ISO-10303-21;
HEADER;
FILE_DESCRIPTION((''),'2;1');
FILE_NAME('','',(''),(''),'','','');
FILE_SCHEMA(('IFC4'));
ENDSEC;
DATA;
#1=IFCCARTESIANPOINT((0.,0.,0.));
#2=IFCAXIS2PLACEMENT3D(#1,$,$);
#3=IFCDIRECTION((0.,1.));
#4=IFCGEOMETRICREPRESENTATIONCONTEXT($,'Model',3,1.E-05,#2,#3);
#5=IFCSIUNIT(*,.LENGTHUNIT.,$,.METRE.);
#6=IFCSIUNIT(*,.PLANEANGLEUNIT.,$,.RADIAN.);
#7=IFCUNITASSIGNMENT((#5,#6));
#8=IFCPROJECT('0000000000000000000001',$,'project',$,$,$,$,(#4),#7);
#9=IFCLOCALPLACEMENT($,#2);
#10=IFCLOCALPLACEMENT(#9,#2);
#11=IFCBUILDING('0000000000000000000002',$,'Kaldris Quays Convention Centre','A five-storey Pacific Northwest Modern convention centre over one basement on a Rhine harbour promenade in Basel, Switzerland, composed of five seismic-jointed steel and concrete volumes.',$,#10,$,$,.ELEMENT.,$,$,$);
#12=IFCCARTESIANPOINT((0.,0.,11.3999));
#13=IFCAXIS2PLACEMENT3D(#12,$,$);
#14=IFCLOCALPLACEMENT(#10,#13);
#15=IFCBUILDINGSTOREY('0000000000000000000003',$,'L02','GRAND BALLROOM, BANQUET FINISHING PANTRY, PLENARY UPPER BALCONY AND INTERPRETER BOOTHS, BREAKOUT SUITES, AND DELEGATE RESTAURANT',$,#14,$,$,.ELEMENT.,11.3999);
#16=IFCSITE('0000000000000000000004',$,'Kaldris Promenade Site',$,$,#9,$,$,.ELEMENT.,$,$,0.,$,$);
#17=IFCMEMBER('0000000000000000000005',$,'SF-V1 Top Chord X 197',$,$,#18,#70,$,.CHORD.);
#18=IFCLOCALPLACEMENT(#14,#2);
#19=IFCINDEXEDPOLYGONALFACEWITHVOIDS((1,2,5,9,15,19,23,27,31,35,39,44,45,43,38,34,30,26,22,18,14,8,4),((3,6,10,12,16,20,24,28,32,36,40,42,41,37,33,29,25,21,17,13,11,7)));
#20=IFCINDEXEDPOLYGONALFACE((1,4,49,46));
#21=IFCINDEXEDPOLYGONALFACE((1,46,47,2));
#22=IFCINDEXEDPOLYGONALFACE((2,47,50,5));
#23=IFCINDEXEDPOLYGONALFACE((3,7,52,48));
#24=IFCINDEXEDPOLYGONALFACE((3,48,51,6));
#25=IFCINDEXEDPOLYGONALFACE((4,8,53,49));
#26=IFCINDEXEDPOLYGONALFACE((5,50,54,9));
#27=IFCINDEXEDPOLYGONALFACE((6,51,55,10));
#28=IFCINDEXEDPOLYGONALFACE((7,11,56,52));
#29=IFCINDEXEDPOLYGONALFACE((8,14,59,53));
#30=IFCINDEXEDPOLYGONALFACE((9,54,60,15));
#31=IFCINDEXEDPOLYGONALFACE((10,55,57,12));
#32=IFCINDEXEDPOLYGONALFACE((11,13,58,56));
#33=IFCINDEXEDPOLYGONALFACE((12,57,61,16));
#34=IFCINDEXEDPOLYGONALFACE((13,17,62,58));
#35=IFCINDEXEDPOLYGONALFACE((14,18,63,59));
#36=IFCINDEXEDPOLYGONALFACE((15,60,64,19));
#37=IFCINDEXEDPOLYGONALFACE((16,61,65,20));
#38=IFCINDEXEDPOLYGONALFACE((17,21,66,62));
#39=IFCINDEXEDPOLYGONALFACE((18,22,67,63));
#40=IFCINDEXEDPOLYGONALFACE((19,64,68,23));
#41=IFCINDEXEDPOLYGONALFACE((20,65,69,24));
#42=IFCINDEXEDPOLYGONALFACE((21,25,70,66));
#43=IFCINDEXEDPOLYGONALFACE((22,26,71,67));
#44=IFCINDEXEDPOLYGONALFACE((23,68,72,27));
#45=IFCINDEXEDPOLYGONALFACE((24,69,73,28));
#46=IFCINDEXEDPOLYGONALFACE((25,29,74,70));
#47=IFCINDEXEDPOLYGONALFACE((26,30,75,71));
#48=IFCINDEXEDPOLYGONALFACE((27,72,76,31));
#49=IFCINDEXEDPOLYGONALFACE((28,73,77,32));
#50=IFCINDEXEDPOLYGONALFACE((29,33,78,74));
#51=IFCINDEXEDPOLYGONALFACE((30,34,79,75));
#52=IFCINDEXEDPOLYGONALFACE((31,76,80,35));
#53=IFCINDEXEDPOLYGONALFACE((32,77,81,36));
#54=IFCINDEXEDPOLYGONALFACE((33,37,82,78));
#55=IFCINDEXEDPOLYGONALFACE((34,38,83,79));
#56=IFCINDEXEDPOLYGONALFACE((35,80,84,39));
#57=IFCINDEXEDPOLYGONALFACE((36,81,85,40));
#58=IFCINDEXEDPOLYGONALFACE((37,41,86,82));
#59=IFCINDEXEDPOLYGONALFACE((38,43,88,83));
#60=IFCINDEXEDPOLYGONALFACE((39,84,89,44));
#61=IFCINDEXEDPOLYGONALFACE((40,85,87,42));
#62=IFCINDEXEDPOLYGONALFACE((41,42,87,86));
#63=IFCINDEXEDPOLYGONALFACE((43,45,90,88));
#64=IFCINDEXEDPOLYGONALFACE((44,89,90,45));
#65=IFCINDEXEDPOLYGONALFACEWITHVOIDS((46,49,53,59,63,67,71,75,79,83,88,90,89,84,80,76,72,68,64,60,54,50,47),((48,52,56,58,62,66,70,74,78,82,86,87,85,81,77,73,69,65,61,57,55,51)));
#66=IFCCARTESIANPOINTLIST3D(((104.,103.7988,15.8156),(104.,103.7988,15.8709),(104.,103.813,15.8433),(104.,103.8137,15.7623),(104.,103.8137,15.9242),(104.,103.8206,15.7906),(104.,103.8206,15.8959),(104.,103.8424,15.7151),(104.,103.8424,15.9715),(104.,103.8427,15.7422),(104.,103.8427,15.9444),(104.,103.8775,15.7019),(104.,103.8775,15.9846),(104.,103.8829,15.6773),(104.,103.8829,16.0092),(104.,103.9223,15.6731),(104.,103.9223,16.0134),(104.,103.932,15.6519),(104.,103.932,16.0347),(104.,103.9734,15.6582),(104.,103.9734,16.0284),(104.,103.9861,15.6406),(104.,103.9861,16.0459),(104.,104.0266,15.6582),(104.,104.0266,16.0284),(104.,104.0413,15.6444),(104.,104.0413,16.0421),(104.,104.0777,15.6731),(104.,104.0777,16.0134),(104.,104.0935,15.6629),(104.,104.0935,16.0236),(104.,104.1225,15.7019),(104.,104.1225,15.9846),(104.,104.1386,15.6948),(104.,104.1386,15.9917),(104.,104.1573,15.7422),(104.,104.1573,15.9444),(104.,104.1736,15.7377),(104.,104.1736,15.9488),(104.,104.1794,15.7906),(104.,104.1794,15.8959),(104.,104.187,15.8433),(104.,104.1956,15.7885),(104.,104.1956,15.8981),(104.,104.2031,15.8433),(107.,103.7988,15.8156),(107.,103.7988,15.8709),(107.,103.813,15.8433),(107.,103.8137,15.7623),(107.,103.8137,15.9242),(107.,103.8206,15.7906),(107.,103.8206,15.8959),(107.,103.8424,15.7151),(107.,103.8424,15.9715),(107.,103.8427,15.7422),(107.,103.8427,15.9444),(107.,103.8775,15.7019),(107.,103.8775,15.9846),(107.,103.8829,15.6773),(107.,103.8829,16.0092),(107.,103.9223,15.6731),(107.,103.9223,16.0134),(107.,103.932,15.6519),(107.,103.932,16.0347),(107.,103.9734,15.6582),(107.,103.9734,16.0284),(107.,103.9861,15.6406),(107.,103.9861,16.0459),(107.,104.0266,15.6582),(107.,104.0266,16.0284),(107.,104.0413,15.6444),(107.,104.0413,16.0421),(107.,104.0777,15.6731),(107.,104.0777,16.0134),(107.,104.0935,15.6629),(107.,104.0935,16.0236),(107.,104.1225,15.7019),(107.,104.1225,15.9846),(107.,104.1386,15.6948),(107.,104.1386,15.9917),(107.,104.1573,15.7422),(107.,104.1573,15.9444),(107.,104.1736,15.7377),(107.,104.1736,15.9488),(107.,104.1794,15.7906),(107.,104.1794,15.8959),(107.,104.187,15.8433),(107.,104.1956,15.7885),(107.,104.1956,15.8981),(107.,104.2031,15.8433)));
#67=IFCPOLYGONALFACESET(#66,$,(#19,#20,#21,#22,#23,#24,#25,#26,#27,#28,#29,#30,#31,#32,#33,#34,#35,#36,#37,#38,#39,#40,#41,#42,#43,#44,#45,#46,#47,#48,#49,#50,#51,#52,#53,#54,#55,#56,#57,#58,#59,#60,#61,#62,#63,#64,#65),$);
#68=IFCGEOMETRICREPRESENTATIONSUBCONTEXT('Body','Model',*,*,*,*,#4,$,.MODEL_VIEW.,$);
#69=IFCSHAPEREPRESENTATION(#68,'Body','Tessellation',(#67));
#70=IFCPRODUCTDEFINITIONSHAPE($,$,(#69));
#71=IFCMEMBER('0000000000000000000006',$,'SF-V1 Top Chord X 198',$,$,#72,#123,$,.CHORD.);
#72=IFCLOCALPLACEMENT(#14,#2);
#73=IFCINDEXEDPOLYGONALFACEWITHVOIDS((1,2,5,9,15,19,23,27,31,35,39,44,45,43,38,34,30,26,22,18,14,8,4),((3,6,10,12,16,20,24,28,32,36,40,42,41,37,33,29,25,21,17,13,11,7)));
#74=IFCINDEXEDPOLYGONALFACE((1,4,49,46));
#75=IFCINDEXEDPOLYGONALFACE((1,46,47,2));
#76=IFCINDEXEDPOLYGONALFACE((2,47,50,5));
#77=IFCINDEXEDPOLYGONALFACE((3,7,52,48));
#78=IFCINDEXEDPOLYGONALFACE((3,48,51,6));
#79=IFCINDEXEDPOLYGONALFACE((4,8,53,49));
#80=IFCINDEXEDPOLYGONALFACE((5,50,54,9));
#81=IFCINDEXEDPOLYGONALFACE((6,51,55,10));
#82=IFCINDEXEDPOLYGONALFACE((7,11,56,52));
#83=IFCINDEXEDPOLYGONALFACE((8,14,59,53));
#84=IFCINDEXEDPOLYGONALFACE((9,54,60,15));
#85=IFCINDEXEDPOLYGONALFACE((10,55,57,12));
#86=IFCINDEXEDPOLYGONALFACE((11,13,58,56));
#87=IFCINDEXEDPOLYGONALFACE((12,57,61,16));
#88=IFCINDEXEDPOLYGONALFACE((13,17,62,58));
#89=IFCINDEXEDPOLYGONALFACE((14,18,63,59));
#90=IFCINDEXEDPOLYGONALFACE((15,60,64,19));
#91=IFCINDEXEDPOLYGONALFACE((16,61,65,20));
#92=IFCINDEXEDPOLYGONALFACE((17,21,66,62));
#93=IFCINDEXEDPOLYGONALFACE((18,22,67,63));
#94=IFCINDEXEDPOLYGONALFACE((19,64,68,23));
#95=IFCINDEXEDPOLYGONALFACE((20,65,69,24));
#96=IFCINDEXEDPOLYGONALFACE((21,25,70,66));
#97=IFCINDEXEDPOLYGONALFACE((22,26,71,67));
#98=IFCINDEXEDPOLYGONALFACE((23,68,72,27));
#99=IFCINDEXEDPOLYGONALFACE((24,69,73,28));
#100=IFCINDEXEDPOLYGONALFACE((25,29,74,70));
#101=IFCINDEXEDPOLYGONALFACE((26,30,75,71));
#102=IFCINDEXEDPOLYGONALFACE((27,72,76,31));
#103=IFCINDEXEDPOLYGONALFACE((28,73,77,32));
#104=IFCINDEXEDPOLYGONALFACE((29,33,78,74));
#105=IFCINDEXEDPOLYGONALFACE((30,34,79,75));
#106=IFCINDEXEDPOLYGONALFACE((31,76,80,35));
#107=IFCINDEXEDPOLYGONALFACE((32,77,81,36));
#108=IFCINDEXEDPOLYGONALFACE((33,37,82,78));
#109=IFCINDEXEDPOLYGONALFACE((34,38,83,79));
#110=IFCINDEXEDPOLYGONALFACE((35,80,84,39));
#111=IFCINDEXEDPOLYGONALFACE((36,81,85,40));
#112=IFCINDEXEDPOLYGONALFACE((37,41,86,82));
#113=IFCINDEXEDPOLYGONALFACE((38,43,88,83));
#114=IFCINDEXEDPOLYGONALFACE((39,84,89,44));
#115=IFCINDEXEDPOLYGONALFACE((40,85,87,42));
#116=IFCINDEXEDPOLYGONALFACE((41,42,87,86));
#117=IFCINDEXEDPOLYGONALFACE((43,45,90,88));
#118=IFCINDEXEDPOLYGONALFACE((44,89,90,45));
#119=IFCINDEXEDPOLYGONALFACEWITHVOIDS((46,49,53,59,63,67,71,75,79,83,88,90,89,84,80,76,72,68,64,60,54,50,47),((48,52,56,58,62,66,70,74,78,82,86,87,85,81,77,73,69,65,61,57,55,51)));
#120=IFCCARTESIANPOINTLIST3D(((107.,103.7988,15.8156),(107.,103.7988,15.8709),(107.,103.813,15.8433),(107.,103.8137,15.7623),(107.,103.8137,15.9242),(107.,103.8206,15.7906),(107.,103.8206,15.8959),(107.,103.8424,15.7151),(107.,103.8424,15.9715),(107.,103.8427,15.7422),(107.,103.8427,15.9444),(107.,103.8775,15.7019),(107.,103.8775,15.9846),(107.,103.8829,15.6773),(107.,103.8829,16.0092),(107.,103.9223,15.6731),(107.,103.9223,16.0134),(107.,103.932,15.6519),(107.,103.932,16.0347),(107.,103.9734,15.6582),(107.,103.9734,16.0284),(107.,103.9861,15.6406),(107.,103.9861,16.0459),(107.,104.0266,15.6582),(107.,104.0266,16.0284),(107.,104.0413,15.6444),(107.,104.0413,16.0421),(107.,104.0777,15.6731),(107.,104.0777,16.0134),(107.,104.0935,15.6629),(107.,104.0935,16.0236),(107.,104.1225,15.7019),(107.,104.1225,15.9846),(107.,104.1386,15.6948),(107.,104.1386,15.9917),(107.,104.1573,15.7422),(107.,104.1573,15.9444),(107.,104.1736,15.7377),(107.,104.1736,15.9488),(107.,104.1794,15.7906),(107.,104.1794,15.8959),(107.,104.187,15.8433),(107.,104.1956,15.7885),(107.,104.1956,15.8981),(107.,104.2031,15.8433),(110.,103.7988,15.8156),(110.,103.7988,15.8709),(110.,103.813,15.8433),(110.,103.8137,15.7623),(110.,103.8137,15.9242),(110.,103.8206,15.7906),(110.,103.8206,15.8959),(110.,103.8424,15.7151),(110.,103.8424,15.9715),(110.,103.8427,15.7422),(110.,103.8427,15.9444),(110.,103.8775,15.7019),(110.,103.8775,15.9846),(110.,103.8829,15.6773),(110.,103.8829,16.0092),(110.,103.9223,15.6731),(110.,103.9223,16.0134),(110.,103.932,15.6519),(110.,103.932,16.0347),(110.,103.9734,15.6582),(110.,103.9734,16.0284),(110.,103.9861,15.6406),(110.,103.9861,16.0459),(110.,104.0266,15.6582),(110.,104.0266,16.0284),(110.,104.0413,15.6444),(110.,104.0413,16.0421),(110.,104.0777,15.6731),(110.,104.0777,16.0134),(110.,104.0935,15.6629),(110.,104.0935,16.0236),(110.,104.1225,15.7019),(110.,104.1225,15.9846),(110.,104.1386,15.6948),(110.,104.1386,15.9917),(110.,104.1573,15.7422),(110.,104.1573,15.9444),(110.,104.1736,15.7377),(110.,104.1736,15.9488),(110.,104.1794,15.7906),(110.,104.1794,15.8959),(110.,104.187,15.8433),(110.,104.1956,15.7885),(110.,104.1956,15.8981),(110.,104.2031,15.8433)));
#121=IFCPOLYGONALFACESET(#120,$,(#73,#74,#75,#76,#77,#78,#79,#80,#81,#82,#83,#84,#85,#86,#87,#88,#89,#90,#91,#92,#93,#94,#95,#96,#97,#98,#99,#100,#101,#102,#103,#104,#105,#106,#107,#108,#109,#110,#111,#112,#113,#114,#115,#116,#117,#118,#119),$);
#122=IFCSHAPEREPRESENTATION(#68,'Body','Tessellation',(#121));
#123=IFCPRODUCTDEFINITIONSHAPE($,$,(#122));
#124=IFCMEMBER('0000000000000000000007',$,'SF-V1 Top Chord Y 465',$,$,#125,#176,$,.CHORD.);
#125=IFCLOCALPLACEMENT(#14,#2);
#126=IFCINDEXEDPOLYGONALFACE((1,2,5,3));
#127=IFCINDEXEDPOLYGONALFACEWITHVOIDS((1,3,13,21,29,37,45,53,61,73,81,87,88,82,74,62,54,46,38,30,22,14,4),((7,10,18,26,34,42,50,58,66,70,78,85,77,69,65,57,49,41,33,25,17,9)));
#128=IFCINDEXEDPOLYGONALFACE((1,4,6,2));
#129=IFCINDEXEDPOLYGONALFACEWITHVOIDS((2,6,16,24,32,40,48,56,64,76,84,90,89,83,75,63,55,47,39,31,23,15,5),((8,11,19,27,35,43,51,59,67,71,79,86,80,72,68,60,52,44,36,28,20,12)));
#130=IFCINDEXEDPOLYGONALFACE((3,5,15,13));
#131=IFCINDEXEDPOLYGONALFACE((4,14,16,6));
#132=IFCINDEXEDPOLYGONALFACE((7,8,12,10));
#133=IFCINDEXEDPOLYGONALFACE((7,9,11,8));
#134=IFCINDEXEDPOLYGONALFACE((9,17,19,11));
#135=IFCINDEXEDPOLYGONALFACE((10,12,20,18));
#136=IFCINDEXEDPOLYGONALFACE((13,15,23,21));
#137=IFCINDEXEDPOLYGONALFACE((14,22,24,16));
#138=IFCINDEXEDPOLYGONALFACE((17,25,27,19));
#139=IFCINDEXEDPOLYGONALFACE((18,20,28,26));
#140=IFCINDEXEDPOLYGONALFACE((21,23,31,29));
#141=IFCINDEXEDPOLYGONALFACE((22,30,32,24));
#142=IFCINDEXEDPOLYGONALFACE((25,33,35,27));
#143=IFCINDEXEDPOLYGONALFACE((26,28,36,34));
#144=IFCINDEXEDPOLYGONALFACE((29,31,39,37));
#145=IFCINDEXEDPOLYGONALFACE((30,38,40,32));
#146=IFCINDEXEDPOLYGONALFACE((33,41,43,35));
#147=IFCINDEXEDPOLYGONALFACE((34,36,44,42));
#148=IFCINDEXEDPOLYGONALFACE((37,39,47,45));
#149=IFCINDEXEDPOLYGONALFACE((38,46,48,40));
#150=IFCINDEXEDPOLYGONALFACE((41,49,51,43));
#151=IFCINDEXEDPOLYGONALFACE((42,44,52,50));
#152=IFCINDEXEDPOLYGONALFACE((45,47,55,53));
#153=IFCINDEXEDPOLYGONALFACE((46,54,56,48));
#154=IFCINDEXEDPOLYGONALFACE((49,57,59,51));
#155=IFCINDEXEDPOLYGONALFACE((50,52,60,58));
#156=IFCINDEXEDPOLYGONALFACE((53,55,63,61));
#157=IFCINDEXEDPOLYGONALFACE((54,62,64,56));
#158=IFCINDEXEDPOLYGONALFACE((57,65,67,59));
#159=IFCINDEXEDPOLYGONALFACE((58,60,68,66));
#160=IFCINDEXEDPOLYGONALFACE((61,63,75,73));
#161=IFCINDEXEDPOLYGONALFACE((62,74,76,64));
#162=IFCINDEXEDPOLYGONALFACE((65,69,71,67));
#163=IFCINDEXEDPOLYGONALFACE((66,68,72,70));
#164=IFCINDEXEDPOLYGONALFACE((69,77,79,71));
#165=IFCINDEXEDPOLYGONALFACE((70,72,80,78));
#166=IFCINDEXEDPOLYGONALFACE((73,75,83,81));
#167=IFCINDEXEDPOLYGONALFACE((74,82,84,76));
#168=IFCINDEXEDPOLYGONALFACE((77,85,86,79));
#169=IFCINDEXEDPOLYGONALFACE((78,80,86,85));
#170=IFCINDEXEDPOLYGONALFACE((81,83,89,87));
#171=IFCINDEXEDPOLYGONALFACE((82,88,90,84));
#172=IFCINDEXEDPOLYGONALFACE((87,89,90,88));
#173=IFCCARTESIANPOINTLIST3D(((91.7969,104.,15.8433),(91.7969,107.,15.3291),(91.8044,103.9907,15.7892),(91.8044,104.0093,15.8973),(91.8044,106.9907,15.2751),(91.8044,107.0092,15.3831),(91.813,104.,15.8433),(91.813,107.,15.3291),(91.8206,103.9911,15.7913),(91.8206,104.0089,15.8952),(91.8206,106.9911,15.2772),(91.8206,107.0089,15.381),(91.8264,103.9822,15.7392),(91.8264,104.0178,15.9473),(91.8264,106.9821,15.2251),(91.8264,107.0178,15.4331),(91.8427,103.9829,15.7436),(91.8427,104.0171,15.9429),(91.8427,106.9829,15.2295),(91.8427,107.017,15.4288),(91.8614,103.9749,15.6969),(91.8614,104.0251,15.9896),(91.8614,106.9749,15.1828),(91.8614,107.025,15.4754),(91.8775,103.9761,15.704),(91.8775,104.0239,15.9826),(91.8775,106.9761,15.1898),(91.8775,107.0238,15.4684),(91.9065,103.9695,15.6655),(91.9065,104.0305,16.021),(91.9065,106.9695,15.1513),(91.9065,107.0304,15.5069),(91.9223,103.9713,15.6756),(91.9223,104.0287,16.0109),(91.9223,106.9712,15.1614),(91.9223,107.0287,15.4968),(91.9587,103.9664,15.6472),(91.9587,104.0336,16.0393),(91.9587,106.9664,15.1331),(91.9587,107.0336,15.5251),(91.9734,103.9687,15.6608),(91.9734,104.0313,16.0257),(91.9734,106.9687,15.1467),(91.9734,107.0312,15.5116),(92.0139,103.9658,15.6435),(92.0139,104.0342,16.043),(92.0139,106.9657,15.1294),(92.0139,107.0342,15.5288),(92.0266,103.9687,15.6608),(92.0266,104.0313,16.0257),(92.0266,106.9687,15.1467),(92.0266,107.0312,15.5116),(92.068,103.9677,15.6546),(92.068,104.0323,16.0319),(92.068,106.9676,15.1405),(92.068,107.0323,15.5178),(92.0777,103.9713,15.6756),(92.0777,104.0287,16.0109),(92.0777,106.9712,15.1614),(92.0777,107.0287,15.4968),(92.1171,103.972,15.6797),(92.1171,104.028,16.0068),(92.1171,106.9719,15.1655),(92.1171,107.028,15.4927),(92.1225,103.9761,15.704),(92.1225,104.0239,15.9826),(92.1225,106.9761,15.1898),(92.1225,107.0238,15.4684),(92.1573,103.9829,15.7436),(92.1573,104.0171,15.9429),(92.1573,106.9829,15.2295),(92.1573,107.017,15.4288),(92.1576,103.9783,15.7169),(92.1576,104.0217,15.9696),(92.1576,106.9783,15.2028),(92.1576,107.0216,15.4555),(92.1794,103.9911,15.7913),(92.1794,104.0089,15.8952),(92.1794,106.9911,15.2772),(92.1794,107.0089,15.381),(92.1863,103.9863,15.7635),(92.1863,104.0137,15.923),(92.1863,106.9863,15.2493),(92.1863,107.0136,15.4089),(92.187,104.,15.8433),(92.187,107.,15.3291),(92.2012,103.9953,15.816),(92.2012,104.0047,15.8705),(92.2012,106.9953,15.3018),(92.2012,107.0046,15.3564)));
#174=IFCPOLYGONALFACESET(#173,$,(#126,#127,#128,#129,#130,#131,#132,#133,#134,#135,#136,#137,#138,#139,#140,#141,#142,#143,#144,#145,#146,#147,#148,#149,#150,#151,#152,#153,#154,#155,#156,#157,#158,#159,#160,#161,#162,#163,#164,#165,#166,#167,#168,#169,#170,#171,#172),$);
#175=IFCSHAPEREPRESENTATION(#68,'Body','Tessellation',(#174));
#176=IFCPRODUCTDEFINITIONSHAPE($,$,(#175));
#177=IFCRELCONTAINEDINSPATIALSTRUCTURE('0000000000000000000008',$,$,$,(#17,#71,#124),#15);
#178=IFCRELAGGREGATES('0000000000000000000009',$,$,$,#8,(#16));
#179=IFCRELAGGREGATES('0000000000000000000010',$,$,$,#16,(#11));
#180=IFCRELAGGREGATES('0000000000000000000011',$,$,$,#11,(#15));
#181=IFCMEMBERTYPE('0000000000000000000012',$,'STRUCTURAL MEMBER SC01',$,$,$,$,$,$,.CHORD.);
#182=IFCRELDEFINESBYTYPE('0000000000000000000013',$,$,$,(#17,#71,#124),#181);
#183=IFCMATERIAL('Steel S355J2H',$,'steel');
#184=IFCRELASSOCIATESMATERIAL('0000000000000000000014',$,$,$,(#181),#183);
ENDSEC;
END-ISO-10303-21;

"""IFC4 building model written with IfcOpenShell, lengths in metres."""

from ifc_helpers import new_model, si_unit, direction, frame, origin, origin_2d, place, context, subcontext, project, spatial, hollow_circle, extrude, material, material_profile, profile_set, type_object, element, save


model = new_model("IFC4")

# Units and contexts
model_context = context("Model", 3, precision=1e-05, world=origin(), true_north=direction((0.0, 1.0)))
body_context = subcontext(model_context, "Body", "Model", "MODEL_VIEW")
ifc_project = project(units=[si_unit("LENGTHUNIT", "METRE"), si_unit("PLANEANGLEUNIT", "RADIAN")], contexts=[model_context])

# Site, building, storey
site_placement = place(None, origin())
site = spatial("IfcSite", under=ifc_project, at=site_placement, Name="Kaldris Promenade Site", CompositionType="ELEMENT", RefElevation=0.0)
building_placement = place(site_placement, origin())
building = spatial("IfcBuilding", under=site, at=building_placement, Name="Kaldris Quays Convention Centre", Description="A five-storey Pacific Northwest Modern convention centre over one basement on a Rhine harbour promenade in Basel, Switzerland, composed of five seismic-jointed steel and concrete volumes.", CompositionType="ELEMENT")
storey_placement = place(building_placement, frame((0.0, 0.0, 11.3999)))
storey = spatial("IfcBuildingStorey", under=building, at=storey_placement, Name="L02", Description="GRAND BALLROOM, BANQUET FINISHING PANTRY, PLENARY UPPER BALCONY AND INTERPRETER BOOTHS, BREAKOUT SUITES, AND DELEGATE RESTAURANT", CompositionType="ELEMENT", Elevation=11.3999)

# Members
ifc_material = material(Name="Steel S355J2H", Category="steel")
ifc_material_profile_1 = material_profile(ifc_material, hollow_circle(Radius=0.2031, WallThickness=0.0161, at=origin_2d()), Name="CHS 406.4x16")
ifc_profile_set_1 = profile_set([ifc_material_profile_1], Name="Steel S355J2H")
member_type_1 = type_object("IfcMemberType", Name="STRUCTURAL MEMBER SC01", PredefinedType="CHORD", material=ifc_profile_set_1)
for number, where, z_axis, x_axis, name in (
    (1, (104.0, 104.0, 15.8433), (1.0, 0.0, 0.0), (0.0, 1.0, 0.0), "SF-V1 Top Chord X 197"),
    (2, (107.0, 104.0, 15.8433), (1.0, 0.0, 0.0), (0.0, 1.0, 0.0), "SF-V1 Top Chord X 198"),
):
    element("IfcMember", number, at=place(storey_placement, frame(where, z_axis=z_axis, x_axis=x_axis)), inside=storey, type_object=member_type_1, Name=name, PredefinedType="CHORD", context=body_context, shape_type="SweptSolid", body=[
        extrude(hollow_circle(Radius=0.2031, WallThickness=0.0161, at=origin_2d()), origin(), (0.0, 0.0, 1.0), 3.0),
    ])
for number, where, z_axis, x_axis, name in (
    (3, (92.0, 104.0, 15.8433), (0.0, 0.985629, -0.168924), (-1.0, 0.0, 0.0), "SF-V1 Top Chord Y 465"),
):
    element("IfcMember", number, at=place(storey_placement, frame(where, z_axis=z_axis, x_axis=x_axis)), inside=storey, type_object=member_type_1, Name=name, PredefinedType="CHORD", context=body_context, shape_type="SweptSolid", body=[
        extrude(hollow_circle(Radius=0.2031, WallThickness=0.0161, at=origin_2d()), origin(), (0.0, 0.0, 1.0), 3.0437),
    ])

save(model, "model.ifc")
